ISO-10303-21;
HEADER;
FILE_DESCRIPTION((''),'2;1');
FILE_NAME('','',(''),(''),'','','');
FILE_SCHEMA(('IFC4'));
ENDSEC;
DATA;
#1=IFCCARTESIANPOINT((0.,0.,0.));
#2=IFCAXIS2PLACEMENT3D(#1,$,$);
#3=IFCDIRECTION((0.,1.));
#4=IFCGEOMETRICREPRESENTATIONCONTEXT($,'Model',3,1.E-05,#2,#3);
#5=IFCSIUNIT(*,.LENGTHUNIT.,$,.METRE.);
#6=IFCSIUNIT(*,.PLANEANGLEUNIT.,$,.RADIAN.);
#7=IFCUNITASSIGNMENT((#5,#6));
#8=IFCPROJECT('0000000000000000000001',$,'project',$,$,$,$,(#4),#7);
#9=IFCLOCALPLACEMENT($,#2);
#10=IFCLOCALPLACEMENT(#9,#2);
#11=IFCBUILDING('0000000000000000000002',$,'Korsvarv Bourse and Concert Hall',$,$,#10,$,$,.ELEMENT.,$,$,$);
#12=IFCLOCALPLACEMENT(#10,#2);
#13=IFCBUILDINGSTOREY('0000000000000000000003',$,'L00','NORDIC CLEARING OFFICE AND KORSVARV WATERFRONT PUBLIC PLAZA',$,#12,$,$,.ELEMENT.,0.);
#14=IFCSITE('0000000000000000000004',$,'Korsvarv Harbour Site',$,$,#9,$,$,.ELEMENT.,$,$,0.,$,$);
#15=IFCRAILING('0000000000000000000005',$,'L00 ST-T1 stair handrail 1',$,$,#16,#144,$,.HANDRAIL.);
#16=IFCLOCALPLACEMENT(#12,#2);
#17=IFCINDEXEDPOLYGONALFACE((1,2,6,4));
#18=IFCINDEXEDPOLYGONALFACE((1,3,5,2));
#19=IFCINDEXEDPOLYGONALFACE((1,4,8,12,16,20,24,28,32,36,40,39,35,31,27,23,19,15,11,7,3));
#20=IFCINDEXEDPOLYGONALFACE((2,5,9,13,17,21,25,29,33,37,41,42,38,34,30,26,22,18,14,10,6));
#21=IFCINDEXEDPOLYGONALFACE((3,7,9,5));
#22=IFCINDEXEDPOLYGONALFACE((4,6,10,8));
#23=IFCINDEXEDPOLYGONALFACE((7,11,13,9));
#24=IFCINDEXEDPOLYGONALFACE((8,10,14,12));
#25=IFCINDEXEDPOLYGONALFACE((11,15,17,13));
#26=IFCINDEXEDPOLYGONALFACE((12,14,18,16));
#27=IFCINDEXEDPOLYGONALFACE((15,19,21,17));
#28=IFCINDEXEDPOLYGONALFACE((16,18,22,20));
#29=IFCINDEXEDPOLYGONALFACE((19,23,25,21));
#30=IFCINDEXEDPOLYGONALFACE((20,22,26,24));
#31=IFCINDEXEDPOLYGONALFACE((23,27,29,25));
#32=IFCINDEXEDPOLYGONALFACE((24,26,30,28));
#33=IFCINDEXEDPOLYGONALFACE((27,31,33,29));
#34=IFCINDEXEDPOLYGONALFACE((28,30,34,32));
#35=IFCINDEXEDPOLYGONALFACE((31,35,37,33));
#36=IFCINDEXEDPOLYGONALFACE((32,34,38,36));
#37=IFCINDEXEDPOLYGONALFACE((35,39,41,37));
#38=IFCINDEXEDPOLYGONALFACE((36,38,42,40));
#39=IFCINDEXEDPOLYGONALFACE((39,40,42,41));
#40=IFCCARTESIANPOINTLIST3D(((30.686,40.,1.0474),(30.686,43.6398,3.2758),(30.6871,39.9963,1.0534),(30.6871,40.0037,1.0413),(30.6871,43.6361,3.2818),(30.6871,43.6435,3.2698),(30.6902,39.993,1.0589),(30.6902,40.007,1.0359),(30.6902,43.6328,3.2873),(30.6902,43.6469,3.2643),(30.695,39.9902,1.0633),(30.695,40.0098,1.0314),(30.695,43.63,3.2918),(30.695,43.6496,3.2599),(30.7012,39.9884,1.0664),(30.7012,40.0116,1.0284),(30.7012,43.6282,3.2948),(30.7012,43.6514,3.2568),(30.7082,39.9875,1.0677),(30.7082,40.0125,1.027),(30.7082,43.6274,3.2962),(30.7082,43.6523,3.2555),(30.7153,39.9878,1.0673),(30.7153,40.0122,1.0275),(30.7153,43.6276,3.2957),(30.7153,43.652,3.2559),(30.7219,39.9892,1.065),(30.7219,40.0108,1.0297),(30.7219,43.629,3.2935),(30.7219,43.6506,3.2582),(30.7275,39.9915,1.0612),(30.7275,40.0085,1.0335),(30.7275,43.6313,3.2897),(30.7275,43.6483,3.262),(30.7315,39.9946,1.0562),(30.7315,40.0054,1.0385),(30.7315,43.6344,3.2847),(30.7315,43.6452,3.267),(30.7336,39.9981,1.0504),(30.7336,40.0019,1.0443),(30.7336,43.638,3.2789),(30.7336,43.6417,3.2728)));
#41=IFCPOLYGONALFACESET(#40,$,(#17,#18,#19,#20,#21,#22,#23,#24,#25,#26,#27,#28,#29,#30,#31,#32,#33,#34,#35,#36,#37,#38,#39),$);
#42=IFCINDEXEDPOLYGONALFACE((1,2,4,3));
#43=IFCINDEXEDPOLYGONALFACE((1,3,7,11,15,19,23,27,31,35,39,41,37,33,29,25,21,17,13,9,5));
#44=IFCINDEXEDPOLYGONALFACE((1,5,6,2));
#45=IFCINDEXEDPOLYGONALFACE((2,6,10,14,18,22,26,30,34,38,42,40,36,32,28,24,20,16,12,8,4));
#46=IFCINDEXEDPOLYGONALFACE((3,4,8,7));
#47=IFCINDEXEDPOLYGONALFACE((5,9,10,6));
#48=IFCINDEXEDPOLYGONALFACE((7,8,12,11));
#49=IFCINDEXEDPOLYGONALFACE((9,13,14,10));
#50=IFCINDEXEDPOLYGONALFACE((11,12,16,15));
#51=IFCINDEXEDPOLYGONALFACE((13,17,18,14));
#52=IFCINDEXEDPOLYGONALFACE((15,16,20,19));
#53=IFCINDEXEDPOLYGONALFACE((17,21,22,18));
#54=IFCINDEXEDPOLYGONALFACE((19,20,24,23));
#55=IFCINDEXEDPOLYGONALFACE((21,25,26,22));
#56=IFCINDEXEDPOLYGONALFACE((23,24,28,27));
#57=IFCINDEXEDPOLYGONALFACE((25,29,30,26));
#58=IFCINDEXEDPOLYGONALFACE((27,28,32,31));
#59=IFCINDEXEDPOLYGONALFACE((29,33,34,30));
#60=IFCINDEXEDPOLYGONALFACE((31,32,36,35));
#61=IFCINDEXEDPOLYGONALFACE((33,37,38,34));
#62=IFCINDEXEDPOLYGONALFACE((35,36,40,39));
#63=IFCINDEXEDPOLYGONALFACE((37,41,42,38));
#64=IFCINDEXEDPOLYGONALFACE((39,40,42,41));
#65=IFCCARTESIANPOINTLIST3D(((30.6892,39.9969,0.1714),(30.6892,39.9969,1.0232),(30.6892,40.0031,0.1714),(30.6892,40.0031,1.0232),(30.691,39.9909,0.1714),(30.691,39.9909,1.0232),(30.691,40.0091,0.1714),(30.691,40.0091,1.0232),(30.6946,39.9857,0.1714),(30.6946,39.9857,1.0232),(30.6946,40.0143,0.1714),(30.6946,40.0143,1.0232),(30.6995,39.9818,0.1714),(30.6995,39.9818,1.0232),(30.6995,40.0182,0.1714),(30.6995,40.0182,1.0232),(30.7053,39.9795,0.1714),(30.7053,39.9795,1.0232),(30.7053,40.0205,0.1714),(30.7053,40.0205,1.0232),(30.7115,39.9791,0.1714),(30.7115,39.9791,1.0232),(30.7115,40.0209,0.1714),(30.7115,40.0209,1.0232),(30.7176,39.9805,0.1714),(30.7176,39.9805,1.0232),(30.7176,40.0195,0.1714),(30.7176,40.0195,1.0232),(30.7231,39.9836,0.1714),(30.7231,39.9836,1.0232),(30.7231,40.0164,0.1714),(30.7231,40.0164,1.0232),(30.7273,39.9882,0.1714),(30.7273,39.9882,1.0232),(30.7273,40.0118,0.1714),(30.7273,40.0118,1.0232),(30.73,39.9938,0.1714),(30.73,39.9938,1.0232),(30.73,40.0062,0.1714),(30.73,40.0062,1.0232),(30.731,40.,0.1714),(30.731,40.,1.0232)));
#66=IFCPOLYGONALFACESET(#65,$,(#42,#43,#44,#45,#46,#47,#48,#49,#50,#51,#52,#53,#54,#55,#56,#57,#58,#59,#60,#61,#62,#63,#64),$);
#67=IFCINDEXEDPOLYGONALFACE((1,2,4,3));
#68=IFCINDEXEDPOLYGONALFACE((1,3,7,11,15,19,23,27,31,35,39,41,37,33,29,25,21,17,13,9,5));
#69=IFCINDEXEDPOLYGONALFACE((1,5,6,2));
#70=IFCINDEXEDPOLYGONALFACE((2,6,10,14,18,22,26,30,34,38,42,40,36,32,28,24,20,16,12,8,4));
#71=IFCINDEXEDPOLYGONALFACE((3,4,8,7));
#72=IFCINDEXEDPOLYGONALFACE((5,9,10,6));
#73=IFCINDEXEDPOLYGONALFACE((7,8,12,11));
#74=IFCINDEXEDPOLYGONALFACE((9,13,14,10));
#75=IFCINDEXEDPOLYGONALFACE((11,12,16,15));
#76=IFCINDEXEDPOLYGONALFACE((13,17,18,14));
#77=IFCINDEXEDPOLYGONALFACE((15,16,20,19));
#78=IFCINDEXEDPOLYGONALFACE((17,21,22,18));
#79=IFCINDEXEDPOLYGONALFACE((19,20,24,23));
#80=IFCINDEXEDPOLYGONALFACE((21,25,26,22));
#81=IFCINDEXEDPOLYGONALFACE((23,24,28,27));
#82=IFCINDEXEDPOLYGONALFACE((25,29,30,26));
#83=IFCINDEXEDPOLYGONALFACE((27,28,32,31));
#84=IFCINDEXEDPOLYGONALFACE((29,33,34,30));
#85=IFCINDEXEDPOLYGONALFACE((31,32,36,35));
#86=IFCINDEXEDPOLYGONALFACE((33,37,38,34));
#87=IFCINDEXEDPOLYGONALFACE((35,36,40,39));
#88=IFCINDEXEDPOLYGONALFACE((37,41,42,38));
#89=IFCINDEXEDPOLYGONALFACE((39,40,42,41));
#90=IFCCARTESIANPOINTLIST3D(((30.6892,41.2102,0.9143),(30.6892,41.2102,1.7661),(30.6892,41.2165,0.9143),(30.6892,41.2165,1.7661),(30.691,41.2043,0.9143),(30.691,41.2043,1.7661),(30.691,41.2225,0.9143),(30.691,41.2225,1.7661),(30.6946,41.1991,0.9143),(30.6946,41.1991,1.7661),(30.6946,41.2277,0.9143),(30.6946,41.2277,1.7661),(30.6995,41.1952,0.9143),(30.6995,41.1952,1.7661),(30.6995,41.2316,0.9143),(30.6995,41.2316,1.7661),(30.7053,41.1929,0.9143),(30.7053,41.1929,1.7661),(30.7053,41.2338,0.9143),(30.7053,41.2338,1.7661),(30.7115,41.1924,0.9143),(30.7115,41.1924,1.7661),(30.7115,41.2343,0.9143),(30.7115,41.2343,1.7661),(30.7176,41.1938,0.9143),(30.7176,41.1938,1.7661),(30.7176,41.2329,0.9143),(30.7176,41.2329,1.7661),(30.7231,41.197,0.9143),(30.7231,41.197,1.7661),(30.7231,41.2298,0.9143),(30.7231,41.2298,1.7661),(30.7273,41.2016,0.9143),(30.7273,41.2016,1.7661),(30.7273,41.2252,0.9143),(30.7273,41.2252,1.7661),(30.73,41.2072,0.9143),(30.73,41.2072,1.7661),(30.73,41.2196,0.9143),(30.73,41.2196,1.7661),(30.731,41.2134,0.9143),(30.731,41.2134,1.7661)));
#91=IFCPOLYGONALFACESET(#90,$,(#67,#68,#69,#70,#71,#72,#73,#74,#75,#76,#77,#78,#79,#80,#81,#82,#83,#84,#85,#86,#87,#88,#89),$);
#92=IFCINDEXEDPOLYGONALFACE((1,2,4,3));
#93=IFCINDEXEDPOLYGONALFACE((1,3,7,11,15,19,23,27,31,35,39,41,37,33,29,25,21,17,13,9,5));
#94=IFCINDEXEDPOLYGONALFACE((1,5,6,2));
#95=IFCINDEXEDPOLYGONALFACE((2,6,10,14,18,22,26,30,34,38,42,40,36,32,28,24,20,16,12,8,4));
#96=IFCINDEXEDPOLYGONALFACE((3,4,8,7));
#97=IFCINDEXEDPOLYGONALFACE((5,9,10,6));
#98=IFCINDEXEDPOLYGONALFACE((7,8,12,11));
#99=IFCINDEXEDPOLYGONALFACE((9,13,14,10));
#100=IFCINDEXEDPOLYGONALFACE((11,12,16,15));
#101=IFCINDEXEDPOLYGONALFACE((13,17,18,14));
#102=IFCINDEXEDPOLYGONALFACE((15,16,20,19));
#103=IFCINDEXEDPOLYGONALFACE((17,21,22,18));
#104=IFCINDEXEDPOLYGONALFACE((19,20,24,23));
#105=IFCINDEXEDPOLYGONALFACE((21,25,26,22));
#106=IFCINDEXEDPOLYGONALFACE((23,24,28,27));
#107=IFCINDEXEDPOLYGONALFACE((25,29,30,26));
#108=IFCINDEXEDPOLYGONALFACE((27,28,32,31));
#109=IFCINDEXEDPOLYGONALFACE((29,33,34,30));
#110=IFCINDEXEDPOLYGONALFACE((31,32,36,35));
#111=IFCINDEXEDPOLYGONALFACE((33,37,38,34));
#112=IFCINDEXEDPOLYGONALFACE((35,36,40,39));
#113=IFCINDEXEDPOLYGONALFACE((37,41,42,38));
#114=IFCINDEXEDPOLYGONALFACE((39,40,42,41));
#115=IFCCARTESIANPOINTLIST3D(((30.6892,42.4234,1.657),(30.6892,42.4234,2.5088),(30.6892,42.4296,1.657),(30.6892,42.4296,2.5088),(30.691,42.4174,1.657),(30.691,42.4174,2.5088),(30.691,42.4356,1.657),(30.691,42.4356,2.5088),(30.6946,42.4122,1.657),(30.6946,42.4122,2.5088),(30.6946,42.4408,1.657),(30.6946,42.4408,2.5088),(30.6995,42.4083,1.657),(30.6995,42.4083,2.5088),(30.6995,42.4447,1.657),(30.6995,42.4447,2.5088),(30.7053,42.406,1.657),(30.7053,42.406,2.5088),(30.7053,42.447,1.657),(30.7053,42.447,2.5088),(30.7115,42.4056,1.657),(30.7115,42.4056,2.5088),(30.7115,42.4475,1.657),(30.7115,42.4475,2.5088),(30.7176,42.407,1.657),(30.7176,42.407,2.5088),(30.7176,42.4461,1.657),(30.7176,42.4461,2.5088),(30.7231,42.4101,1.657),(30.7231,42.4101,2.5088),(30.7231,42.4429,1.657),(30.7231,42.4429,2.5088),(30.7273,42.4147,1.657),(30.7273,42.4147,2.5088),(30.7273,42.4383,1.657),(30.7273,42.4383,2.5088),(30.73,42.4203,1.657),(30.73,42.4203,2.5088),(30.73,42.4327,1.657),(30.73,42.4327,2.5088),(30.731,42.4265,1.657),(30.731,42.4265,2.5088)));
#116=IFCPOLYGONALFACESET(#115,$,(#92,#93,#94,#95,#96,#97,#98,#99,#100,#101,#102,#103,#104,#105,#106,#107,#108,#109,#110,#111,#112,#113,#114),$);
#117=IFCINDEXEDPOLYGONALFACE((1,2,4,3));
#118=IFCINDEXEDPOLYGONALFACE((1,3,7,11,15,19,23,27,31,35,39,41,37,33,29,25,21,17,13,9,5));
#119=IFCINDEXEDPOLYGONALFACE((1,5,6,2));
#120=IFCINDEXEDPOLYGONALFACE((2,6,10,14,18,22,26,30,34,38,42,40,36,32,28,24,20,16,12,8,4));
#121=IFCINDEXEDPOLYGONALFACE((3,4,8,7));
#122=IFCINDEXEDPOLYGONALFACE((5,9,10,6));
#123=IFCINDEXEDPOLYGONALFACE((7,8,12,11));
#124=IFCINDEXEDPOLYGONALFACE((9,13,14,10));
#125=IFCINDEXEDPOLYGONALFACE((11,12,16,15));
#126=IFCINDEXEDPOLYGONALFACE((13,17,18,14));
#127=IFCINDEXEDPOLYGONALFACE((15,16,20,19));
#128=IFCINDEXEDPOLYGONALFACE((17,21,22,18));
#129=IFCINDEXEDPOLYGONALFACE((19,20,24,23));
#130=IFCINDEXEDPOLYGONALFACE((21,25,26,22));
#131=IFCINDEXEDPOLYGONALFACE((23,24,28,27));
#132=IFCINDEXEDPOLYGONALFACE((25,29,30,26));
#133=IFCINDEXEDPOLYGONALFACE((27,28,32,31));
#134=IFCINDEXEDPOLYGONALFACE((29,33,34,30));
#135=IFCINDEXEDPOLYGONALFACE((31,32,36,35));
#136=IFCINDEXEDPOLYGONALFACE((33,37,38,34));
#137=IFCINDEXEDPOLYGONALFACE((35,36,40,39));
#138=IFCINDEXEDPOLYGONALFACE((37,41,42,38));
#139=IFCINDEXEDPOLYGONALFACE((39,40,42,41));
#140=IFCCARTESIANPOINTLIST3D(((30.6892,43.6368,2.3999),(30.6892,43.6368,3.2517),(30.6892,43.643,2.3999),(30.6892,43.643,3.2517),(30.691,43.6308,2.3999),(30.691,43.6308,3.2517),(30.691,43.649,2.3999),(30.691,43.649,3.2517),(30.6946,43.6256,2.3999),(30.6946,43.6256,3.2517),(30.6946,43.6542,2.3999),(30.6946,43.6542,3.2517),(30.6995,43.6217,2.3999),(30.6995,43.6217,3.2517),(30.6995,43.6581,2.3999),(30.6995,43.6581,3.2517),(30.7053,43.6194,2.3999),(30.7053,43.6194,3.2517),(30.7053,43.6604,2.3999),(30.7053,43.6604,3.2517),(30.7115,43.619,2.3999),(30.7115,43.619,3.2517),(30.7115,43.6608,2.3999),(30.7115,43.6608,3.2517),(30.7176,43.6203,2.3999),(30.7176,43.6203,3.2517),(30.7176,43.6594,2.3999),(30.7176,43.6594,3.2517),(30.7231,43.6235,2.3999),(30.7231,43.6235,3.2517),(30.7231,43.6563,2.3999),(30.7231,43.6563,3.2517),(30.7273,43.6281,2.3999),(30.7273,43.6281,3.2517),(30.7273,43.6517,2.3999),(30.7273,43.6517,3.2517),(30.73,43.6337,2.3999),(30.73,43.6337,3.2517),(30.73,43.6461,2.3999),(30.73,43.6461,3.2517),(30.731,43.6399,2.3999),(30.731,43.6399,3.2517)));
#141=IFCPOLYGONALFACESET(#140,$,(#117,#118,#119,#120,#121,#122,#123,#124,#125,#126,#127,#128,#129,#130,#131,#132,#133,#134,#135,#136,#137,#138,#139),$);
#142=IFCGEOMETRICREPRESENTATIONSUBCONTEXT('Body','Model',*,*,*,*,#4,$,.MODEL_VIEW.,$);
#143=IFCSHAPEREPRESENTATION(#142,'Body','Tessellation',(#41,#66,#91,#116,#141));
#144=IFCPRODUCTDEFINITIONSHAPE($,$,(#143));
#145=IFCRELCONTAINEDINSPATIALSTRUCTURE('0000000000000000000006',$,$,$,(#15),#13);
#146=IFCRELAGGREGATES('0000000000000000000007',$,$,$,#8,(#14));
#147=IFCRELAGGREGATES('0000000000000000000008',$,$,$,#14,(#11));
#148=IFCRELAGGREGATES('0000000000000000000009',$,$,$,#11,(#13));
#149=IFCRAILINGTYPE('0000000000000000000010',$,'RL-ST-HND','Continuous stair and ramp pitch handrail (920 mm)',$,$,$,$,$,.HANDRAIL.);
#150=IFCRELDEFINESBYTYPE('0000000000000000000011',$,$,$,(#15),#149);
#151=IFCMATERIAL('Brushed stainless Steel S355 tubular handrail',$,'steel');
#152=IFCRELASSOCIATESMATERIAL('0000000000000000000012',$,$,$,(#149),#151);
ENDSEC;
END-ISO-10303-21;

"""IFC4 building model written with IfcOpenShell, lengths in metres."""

from ifc_helpers import new_model, si_unit, direction, frame, origin, origin_2d, place, context, subcontext, project, spatial, circle, extrude, material, type_object, element, save


model = new_model("IFC4")

# Units and contexts
model_context = context("Model", 3, precision=1e-05, world=origin(), true_north=direction((0.0, 1.0)))
body_context = subcontext(model_context, "Body", "Model", "MODEL_VIEW")
ifc_project = project(units=[si_unit("LENGTHUNIT", "METRE"), si_unit("PLANEANGLEUNIT", "RADIAN")], contexts=[model_context])

# Site, building, storey
site_placement = place(None, origin())
site = spatial("IfcSite", under=ifc_project, at=site_placement, Name="Korsvarv Harbour Site", CompositionType="ELEMENT", RefElevation=0.0)
building_placement = place(site_placement, origin())
building = spatial("IfcBuilding", under=site, at=building_placement, Name="Korsvarv Bourse and Concert Hall", CompositionType="ELEMENT")
storey_placement = place(building_placement, origin())
storey = spatial("IfcBuildingStorey", under=building, at=storey_placement, Name="L00", Description="NORDIC CLEARING OFFICE AND KORSVARV WATERFRONT PUBLIC PLAZA", CompositionType="ELEMENT", Elevation=0.0)

# Railing
ifc_material_1 = material(Name="Brushed stainless Steel S355 tubular handrail", Category="steel")
railing_type_1 = type_object("IfcRailingType", Name="RL-ST-HND", Description="Continuous stair and ramp pitch handrail (920 mm)", PredefinedType="HANDRAIL", material=ifc_material_1)
for number, where, name in (
    (1, (30.71, 40.0, 0.1714), "L00 ST-T1 stair handrail 1"),
):
    element("IfcRailing", number, at=place(storey_placement, frame(where)), inside=storey, type_object=railing_type_1, Name=name, PredefinedType="HANDRAIL", context=body_context, shape_type="SweptSolid", body=[
        extrude(circle(Radius=0.0239, at=origin_2d()), frame((0.0, 0.0, 0.876), z_axis=(0.0, 0.85285, 0.522156), x_axis=(-1.0, 0.0, 0.0)), (0.0, 0.0, 1.0), 4.2678),
        extrude(circle(Radius=0.021, at=origin_2d()), origin(), (0.0, 0.0, 1.0), 0.8518),
        extrude(circle(Radius=0.021, at=origin_2d()), frame((0.0, 1.2134, 0.7429)), (0.0, 0.0, 1.0), 0.8518),
        extrude(circle(Radius=0.021, at=origin_2d()), frame((0.0, 2.4265, 1.4856)), (0.0, 0.0, 1.0), 0.8518),
        extrude(circle(Radius=0.021, at=origin_2d()), frame((0.0, 3.6399, 2.2285)), (0.0, 0.0, 1.0), 0.8518),
    ])

save(model, "model.ifc")
